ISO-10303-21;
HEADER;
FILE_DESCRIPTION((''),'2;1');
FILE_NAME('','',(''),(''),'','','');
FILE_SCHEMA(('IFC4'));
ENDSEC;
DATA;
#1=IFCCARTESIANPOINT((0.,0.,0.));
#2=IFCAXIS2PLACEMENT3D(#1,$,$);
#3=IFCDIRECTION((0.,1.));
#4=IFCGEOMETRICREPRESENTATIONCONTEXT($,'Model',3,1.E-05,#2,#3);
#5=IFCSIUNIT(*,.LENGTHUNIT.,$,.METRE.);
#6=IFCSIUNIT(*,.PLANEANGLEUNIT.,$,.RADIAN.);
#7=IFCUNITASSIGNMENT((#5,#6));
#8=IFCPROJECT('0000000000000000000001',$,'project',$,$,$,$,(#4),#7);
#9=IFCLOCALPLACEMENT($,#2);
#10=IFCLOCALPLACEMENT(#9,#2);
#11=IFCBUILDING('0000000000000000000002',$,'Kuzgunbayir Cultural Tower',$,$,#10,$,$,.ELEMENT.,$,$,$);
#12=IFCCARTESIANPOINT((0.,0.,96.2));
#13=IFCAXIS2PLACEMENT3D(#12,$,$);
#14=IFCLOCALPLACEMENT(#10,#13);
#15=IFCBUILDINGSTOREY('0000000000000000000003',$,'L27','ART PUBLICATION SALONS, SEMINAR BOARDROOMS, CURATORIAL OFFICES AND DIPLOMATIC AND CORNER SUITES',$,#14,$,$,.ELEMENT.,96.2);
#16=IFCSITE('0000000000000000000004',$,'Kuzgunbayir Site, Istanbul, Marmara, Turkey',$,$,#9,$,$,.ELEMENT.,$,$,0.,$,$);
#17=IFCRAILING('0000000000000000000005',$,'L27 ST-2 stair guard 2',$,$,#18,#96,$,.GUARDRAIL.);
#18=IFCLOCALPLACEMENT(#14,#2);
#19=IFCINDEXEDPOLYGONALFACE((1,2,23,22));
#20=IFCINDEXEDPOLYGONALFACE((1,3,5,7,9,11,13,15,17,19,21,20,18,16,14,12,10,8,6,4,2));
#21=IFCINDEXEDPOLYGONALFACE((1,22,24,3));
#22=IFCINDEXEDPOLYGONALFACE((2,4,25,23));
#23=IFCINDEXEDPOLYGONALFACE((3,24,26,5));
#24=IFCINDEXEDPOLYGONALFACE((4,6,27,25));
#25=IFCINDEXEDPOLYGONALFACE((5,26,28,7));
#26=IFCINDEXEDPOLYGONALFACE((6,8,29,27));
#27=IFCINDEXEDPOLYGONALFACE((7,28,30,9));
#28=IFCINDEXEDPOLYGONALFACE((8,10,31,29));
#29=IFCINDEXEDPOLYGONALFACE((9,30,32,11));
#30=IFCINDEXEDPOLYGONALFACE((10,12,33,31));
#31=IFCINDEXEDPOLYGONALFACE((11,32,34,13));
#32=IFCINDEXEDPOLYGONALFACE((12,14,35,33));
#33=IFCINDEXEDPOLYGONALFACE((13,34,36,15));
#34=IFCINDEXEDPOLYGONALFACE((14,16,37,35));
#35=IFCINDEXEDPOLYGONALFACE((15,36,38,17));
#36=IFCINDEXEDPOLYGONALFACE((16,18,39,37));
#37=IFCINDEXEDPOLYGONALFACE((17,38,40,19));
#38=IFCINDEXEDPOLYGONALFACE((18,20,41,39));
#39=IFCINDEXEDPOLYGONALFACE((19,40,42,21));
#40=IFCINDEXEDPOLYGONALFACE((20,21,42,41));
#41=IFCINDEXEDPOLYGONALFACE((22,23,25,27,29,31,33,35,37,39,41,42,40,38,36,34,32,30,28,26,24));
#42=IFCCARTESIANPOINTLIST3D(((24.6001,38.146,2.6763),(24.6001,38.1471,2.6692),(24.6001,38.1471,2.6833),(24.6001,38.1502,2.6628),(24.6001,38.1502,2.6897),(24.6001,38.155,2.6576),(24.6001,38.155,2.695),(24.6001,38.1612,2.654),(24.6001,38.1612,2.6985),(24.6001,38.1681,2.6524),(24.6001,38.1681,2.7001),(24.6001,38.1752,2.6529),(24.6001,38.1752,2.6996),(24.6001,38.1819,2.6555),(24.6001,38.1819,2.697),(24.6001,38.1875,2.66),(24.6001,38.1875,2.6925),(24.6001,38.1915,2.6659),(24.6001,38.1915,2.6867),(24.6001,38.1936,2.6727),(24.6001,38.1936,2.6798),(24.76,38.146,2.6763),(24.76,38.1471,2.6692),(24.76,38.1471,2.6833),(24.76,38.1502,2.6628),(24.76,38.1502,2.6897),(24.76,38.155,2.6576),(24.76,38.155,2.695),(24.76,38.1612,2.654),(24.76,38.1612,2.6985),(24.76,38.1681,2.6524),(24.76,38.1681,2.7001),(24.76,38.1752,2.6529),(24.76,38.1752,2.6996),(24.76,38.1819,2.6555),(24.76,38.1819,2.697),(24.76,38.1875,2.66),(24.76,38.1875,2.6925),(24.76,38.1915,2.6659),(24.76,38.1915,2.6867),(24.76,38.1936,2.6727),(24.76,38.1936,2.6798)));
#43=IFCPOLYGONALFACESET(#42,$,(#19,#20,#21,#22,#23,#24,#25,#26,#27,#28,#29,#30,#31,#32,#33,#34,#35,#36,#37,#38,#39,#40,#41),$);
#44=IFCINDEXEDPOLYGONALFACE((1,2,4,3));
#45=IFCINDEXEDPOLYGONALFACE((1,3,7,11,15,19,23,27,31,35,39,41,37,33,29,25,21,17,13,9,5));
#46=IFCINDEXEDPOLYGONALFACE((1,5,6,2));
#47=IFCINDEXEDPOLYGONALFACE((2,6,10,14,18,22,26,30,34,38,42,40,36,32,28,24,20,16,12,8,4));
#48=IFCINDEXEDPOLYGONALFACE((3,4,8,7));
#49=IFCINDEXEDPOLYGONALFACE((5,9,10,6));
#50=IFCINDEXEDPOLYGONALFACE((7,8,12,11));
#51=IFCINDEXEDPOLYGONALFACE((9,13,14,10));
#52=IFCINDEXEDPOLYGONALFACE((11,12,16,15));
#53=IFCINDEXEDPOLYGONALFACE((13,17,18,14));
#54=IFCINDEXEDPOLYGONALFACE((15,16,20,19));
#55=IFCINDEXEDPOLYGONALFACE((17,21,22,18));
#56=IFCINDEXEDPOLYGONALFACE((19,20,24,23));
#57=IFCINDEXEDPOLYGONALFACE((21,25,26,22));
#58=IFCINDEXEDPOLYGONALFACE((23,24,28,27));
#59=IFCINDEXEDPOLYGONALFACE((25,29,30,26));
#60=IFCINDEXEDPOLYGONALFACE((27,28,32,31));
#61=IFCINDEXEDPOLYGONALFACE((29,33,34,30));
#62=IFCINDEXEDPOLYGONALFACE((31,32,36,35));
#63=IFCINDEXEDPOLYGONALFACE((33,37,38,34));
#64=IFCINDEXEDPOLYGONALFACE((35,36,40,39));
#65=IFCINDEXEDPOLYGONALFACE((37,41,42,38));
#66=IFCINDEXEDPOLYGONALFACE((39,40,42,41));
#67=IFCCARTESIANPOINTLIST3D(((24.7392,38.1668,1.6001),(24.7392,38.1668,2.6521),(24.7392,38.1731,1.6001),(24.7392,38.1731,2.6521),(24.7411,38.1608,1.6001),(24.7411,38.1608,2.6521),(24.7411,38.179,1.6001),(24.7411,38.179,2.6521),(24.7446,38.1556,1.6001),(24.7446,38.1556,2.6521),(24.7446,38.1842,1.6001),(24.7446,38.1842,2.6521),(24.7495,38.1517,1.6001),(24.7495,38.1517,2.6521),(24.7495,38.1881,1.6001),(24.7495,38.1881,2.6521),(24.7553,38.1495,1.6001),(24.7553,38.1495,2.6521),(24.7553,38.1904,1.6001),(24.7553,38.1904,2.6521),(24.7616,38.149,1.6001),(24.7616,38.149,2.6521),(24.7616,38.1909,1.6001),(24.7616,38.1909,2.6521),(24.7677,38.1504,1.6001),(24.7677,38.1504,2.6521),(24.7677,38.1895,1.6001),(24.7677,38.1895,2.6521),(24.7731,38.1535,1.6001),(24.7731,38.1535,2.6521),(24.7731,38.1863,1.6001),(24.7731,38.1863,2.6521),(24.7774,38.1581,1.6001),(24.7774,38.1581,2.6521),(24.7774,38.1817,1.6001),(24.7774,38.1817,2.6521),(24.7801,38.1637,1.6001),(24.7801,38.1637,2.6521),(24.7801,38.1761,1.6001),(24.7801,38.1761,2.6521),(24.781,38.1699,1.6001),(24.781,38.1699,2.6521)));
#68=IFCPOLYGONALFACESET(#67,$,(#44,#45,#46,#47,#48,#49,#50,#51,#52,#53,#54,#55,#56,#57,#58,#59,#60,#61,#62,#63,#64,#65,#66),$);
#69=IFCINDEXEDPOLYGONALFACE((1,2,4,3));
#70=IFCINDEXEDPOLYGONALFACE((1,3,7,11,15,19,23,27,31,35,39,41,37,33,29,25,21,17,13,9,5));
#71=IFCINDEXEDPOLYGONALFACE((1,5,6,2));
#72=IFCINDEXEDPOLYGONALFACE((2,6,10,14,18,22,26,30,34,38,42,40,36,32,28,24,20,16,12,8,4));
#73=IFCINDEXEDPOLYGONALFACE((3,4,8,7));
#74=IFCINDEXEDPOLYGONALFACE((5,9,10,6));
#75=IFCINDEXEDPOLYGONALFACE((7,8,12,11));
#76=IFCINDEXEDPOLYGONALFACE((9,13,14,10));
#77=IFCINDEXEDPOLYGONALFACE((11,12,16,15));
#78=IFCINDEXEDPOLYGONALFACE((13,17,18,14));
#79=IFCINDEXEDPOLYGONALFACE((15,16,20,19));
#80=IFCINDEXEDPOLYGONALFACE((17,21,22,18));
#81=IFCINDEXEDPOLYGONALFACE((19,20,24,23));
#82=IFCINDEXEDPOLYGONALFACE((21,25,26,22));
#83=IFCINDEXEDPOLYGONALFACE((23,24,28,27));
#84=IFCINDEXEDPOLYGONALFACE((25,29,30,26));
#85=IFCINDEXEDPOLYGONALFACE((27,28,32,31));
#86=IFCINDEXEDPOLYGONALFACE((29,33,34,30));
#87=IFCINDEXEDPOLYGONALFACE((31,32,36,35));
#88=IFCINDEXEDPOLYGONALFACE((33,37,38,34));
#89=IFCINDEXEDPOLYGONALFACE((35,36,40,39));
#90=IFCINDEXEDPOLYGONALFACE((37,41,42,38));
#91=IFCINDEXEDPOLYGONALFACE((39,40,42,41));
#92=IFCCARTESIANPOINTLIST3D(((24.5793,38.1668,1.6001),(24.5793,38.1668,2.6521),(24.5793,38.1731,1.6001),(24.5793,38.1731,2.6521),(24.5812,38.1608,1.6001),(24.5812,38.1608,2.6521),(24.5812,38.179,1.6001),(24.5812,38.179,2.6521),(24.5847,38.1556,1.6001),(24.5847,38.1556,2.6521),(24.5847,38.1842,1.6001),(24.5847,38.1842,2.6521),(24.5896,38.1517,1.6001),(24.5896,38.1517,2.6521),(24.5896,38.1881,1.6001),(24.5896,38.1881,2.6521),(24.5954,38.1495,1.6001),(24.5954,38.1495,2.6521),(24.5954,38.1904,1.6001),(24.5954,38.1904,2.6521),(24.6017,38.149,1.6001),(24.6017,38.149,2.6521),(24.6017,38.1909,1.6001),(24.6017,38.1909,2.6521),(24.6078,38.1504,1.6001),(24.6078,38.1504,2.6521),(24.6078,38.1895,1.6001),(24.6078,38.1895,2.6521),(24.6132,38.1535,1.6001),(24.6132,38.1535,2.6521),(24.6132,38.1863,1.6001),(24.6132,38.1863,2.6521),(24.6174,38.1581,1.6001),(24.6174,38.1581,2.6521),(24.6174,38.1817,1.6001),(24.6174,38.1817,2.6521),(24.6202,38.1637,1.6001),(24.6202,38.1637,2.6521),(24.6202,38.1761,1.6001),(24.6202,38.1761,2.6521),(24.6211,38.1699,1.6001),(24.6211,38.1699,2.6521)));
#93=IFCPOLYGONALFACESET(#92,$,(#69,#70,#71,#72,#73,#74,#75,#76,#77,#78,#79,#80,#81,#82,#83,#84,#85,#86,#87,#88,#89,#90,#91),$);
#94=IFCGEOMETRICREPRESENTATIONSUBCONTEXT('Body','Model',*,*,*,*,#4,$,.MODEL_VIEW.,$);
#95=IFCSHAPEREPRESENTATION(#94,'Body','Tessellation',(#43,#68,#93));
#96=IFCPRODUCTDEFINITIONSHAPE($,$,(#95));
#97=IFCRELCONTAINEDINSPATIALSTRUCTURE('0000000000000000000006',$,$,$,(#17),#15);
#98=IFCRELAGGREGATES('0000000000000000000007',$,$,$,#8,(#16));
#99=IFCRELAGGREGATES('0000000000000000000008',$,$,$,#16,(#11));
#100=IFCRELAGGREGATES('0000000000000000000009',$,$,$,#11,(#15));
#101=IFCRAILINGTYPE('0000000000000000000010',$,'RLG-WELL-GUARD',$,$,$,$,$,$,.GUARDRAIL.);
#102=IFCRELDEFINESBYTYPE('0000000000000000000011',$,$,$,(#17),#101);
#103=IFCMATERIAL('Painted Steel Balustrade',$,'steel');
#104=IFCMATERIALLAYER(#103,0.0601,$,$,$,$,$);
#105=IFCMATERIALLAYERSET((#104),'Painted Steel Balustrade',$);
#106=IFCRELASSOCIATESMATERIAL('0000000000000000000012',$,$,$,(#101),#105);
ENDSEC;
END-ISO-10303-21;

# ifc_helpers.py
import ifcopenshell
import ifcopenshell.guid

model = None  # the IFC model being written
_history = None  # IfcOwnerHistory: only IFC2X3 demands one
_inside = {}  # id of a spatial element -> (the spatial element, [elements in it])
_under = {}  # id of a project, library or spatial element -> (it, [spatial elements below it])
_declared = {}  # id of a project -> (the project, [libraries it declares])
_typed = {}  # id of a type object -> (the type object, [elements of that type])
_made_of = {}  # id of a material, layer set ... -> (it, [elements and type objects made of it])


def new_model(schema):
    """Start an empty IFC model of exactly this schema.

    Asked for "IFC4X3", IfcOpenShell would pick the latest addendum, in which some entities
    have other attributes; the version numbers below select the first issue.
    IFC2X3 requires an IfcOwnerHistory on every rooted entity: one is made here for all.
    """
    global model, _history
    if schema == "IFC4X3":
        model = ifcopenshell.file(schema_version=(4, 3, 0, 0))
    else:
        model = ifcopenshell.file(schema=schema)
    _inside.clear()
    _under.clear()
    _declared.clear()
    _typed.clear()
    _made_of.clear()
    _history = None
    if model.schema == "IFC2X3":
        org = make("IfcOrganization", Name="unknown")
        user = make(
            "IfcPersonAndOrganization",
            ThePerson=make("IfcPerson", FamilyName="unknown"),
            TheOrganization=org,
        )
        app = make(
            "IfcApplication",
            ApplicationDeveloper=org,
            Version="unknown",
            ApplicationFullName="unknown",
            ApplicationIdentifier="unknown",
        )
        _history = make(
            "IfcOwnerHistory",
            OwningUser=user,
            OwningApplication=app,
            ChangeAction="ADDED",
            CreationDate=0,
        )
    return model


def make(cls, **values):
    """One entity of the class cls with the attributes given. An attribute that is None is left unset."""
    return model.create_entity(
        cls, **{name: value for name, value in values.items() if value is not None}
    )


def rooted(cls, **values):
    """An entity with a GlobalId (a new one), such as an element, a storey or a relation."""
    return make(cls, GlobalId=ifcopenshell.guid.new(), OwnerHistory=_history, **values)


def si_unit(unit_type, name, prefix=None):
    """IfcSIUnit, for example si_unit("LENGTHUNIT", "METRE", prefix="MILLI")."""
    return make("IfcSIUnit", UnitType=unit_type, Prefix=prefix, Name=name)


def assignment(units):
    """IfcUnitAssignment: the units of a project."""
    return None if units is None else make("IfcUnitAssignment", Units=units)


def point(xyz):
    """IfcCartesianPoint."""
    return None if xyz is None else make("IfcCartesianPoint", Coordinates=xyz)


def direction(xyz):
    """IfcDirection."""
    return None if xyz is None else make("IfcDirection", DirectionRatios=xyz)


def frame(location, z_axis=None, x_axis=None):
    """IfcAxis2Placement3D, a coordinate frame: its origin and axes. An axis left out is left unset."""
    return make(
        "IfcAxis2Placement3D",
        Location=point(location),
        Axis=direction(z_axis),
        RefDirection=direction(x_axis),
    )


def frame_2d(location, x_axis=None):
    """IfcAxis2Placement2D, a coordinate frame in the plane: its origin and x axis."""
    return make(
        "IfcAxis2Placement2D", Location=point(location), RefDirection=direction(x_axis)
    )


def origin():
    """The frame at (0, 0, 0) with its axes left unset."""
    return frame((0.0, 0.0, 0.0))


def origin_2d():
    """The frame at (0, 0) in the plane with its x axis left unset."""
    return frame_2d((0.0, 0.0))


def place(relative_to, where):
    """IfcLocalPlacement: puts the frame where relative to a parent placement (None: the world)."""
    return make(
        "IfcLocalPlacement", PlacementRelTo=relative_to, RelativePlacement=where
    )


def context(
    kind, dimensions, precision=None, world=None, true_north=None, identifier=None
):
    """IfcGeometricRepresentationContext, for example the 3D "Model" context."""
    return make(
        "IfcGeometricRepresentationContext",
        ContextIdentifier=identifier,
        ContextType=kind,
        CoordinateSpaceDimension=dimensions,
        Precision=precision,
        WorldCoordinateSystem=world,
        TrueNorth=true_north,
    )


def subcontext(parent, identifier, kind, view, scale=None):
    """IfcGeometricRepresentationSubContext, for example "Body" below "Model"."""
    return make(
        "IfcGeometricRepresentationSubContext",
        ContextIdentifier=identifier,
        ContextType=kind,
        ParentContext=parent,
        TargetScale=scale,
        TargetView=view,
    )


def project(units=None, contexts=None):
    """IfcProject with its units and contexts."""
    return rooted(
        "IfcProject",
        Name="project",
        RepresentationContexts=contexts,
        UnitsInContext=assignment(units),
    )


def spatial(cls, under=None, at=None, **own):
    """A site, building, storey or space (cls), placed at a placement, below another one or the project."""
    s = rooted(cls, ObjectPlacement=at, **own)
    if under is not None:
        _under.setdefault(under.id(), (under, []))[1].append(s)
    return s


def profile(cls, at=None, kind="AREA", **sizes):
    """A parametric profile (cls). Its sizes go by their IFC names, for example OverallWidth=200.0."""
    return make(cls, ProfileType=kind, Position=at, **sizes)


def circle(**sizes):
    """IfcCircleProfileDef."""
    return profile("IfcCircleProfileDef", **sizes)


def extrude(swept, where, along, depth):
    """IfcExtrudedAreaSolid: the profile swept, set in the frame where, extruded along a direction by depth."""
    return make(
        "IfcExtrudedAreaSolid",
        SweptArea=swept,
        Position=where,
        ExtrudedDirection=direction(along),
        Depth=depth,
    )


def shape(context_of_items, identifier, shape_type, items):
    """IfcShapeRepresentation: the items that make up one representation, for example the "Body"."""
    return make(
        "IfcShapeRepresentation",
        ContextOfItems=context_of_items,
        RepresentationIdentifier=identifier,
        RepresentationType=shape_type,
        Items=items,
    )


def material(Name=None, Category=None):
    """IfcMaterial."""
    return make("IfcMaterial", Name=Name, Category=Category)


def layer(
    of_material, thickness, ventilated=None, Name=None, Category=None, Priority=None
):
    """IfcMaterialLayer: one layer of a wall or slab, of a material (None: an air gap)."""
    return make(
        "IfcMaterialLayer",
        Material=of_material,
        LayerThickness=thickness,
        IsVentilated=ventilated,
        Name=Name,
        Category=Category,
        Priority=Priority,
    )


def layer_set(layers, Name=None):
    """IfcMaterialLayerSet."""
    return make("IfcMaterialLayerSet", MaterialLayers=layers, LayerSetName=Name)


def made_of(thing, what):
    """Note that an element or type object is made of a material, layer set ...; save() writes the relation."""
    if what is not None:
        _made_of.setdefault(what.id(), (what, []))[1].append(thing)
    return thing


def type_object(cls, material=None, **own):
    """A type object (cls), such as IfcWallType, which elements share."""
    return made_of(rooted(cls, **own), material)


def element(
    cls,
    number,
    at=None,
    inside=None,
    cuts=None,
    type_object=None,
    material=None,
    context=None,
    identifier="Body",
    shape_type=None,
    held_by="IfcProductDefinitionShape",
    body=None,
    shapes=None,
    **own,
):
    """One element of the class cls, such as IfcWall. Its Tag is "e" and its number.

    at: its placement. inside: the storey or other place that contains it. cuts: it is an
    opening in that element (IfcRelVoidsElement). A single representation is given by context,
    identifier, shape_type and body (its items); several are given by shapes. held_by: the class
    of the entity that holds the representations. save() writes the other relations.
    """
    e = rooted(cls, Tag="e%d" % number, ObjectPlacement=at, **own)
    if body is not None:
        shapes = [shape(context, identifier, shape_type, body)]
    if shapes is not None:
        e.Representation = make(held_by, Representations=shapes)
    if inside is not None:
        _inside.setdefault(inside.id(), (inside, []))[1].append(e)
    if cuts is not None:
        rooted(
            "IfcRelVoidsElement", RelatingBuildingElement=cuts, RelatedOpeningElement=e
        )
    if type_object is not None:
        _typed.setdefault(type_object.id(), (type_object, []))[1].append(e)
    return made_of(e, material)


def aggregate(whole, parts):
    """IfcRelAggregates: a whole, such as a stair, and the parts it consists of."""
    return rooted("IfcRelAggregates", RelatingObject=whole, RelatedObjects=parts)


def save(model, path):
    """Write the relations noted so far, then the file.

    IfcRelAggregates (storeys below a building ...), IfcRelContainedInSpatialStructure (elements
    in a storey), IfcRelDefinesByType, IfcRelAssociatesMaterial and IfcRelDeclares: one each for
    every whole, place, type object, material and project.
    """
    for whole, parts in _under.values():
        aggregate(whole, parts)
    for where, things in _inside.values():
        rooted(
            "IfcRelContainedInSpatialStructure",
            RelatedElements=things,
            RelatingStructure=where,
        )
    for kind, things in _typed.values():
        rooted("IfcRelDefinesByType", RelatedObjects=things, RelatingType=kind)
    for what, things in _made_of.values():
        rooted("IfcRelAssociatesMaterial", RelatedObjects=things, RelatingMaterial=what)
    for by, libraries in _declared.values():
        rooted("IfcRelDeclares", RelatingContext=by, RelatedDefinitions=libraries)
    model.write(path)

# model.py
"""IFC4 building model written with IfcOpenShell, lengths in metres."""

from ifc_helpers import new_model, si_unit, direction, frame, origin, origin_2d, place, context, subcontext, project, spatial, circle, extrude, material, layer, layer_set, type_object, element, save


model = new_model("IFC4")

# Units and contexts
model_context = context("Model", 3, precision=1e-05, world=origin(), true_north=direction((0.0, 1.0)))
body_context = subcontext(model_context, "Body", "Model", "MODEL_VIEW")
ifc_project = project(units=[si_unit("LENGTHUNIT", "METRE"), si_unit("PLANEANGLEUNIT", "RADIAN")], contexts=[model_context])

# Site, building, storey
site_placement = place(None, origin())
site = spatial("IfcSite", under=ifc_project, at=site_placement, Name="Kuzgunbayir Site, Istanbul, Marmara, Turkey", CompositionType="ELEMENT", RefElevation=0.0)
building_placement = place(site_placement, origin())
building = spatial("IfcBuilding", under=site, at=building_placement, Name="Kuzgunbayir Cultural Tower", CompositionType="ELEMENT")
storey_placement = place(building_placement, frame((0.0, 0.0, 96.2)))
storey = spatial("IfcBuildingStorey", under=building, at=storey_placement, Name="L27", Description="ART PUBLICATION SALONS, SEMINAR BOARDROOMS, CURATORIAL OFFICES AND DIPLOMATIC AND CORNER SUITES", CompositionType="ELEMENT", Elevation=96.2)

# Railing
ifc_material_1 = material(Name="Painted Steel Balustrade", Category="steel")
ifc_layer_1 = layer(ifc_material_1, 0.0601)
ifc_layer_set_1 = layer_set([ifc_layer_1], Name="Painted Steel Balustrade")
railing_type_1 = type_object("IfcRailingType", Name="RLG-WELL-GUARD", PredefinedType="GUARDRAIL", material=ifc_layer_set_1)
railing_1_placement = place(storey_placement, frame((24.76, 38.1699, 1.6001)))
element("IfcRailing", 1, at=railing_1_placement, inside=storey, type_object=railing_type_1, Name="L27 ST-2 stair guard 2", PredefinedType="GUARDRAIL", context=body_context, shape_type="SweptSolid", body=[
    extrude(circle(Radius=0.0239, at=origin_2d()), frame((0.0, 0.0, 1.0762), z_axis=(-1.0, 0.0, 0.0), x_axis=(0.0, -1.0, 0.0)), (0.0, 0.0, 1.0), 0.1599),
    extrude(circle(Radius=0.021, at=origin_2d()), origin(), (0.0, 0.0, 1.0), 1.052),
    extrude(circle(Radius=0.021, at=origin_2d()), frame((-0.1599, 0.0, 0.0)), (0.0, 0.0, 1.0), 1.052),
])

save(model, "model.ifc")
